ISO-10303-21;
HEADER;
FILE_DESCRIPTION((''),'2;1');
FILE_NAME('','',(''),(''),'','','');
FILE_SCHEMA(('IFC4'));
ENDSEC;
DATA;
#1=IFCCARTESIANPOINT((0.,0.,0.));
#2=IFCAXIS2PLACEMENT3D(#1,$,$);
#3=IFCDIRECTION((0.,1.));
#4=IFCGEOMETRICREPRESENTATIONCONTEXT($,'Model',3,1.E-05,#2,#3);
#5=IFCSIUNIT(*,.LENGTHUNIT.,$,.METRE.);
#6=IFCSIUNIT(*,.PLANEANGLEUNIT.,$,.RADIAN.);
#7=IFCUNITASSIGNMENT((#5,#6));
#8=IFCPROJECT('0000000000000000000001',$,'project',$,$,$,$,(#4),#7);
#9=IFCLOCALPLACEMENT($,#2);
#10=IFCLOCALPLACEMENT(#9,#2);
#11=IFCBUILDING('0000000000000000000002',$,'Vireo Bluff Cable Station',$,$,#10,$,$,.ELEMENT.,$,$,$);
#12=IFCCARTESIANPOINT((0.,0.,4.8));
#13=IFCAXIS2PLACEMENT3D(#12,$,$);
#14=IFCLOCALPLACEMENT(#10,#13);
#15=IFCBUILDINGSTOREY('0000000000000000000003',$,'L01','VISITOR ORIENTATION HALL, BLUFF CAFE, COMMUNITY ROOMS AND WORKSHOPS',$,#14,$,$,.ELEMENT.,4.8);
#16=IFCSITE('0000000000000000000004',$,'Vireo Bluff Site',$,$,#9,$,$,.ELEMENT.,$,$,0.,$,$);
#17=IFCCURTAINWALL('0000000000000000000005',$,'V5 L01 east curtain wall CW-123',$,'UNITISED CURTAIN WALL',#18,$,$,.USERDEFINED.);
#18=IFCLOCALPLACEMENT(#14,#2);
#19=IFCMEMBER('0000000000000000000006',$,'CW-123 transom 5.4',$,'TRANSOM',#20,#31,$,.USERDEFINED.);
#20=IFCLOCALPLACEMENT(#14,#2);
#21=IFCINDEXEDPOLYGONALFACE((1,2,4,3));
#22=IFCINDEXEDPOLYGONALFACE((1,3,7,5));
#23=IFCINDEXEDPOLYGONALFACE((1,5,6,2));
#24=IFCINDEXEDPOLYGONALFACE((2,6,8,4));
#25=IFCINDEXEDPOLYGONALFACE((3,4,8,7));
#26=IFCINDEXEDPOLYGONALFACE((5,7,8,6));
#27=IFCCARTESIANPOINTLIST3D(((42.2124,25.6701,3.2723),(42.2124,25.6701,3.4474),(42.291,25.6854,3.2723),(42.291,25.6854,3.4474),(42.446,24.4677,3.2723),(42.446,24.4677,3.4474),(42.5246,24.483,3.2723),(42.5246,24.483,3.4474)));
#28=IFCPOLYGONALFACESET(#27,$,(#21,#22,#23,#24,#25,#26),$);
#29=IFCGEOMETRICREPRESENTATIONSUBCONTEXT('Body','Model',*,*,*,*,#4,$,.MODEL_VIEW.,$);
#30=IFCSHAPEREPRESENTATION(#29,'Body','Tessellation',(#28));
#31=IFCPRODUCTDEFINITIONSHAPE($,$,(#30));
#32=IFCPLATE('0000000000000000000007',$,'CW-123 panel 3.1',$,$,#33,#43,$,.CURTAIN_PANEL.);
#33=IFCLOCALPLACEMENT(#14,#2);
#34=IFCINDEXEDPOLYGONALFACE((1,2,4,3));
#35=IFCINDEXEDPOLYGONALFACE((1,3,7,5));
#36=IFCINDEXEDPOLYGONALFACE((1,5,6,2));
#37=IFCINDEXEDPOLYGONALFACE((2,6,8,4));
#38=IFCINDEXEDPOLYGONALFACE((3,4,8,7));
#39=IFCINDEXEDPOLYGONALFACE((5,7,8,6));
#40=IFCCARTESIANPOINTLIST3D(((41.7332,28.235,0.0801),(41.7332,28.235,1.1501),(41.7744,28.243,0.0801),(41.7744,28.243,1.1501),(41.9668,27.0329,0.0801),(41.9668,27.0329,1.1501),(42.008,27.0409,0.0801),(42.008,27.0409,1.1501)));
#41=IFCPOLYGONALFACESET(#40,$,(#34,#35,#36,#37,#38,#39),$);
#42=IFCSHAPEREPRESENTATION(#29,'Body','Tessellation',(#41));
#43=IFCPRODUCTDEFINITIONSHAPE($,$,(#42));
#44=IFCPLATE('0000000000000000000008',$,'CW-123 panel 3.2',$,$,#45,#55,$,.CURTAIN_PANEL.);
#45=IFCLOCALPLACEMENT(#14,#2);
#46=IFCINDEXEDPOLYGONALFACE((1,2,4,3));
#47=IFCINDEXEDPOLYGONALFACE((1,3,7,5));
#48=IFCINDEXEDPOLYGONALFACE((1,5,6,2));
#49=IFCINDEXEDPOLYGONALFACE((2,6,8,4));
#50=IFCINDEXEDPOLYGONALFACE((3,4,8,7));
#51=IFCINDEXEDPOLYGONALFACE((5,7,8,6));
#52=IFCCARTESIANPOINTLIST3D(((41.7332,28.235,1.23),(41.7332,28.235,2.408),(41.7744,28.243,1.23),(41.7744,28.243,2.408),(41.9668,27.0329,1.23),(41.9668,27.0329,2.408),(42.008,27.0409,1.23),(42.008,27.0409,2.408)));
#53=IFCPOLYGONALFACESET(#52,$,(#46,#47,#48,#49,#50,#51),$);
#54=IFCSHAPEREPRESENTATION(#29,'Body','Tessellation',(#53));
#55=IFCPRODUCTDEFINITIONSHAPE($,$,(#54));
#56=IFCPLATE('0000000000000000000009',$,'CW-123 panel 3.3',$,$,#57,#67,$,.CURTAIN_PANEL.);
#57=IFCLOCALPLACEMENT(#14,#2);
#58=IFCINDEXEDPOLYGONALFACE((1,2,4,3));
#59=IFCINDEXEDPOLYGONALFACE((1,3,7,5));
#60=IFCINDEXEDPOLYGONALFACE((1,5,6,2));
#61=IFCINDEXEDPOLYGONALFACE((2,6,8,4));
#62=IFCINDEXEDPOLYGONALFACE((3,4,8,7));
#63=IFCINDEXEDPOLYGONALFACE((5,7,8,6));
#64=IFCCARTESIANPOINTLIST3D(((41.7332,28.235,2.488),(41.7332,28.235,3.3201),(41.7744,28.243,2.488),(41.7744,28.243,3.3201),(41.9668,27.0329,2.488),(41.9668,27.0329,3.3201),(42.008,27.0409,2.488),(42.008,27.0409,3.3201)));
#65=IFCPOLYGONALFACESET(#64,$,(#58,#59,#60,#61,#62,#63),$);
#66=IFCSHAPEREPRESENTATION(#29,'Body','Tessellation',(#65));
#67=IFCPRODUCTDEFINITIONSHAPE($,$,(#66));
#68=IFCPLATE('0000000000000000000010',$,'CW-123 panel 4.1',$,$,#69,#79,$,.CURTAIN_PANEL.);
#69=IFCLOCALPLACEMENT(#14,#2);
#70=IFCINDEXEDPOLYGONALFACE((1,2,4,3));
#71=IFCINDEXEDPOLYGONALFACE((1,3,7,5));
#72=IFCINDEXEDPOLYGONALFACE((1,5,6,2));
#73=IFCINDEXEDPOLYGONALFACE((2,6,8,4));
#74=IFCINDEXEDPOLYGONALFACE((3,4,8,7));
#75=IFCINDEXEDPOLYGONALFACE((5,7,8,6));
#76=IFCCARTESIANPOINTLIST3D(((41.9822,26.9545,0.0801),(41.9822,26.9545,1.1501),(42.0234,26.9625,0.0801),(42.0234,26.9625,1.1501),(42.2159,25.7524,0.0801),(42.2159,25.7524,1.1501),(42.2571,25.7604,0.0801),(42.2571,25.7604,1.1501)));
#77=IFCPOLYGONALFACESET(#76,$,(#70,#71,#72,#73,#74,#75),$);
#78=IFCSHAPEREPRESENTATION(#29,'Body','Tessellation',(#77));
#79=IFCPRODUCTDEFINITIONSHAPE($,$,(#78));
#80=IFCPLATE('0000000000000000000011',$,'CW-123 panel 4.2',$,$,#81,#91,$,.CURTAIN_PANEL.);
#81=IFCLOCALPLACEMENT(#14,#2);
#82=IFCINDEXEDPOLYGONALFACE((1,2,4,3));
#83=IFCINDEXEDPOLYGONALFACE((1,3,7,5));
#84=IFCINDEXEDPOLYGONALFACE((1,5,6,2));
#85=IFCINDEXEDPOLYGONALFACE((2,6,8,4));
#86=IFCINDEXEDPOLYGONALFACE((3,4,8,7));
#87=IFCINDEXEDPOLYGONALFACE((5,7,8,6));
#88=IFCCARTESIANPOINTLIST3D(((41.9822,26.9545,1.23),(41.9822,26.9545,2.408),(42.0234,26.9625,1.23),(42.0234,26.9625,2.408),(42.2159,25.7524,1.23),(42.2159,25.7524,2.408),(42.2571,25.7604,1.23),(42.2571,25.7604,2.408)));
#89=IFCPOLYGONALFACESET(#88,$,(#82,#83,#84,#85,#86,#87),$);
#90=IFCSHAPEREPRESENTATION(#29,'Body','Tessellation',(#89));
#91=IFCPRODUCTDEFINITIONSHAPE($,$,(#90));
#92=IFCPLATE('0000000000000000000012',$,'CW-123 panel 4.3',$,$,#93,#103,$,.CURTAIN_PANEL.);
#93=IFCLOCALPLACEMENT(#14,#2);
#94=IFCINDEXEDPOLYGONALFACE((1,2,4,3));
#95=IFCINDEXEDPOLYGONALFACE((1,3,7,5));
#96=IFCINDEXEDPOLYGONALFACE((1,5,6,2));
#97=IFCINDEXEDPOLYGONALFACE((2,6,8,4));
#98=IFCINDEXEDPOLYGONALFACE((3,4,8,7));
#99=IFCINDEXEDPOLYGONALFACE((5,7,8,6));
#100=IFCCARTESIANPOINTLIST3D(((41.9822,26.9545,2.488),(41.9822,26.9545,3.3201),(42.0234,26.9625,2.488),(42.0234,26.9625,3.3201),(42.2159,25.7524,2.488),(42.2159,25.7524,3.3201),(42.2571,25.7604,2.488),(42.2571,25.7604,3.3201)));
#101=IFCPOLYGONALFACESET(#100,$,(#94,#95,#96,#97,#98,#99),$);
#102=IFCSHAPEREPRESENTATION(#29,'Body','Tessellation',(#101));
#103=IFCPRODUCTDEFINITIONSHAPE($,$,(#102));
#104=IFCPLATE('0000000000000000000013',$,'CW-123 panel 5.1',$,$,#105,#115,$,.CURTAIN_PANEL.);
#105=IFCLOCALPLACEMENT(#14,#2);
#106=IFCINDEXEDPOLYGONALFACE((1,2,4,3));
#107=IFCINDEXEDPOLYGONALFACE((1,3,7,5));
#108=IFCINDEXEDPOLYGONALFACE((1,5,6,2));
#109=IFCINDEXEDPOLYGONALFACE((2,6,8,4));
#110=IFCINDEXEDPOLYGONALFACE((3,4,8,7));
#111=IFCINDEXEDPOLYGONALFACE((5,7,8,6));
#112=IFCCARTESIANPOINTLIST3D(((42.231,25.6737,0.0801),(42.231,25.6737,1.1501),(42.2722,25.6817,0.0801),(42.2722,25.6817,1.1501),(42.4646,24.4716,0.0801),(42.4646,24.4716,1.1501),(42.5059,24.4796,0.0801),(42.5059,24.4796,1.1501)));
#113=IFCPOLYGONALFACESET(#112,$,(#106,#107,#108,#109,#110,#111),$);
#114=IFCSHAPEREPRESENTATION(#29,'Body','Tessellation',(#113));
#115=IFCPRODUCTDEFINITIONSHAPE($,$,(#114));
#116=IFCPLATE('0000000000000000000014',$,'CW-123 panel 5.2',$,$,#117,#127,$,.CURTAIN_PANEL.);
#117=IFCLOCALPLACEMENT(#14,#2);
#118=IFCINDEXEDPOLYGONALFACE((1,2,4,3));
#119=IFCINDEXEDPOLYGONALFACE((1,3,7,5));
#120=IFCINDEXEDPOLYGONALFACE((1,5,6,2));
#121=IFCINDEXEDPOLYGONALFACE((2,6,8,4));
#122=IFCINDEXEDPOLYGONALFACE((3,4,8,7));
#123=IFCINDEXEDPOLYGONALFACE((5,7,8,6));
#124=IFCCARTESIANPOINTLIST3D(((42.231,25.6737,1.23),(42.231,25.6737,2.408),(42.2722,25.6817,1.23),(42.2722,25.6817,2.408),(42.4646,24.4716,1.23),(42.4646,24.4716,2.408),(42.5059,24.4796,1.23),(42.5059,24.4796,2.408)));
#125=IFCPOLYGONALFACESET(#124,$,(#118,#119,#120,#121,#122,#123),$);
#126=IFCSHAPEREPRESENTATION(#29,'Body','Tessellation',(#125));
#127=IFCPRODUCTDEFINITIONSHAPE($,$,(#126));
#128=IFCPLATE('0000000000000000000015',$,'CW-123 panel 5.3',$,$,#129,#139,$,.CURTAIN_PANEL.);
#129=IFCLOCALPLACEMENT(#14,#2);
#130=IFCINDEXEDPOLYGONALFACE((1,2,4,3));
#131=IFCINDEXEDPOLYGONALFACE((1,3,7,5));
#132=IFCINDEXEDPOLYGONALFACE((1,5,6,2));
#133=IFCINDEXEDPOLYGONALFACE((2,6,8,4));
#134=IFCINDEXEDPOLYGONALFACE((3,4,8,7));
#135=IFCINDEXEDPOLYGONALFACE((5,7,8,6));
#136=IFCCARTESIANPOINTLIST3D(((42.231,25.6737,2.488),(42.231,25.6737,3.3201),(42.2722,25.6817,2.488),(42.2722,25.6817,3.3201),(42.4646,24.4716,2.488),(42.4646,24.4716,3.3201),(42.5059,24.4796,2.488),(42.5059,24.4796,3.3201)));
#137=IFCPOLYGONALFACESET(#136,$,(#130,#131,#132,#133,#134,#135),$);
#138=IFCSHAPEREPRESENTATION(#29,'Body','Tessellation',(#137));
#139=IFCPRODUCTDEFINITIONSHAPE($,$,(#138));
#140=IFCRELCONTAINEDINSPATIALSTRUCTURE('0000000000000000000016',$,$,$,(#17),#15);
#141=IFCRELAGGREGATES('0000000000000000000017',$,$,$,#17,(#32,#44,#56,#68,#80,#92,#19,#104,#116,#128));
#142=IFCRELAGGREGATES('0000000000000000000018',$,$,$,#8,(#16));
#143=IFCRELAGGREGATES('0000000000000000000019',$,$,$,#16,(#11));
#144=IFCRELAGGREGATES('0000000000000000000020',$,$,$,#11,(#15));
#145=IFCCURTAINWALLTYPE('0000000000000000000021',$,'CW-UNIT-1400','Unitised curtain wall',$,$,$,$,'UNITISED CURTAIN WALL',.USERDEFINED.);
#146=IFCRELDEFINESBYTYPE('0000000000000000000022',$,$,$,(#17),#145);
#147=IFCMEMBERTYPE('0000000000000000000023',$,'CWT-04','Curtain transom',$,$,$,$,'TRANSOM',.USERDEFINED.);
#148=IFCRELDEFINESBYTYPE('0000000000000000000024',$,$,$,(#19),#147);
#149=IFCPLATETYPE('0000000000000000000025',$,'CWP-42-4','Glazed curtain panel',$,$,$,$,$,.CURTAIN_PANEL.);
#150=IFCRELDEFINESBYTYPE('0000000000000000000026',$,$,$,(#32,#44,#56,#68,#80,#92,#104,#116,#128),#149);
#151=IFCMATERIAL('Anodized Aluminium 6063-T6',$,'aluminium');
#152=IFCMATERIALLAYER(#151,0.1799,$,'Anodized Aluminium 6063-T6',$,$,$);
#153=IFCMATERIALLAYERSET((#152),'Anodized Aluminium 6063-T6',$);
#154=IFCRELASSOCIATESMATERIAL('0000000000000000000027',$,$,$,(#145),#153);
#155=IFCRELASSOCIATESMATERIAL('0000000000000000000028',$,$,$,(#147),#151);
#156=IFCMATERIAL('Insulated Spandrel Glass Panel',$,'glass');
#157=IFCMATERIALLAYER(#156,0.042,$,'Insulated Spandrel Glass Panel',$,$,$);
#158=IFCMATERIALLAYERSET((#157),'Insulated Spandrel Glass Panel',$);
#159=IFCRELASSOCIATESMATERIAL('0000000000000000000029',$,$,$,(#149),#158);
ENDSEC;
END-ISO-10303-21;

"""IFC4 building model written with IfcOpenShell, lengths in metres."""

from ifc_helpers import new_model, si_unit, direction, frame, origin, origin_2d, place, context, subcontext, project, spatial, rectangle, extrude, material, layer, layer_set, material_profile, profile_set, type_object, element, aggregate, save


model = new_model("IFC4")

# Units and contexts
model_context = context("Model", 3, precision=1e-05, world=origin(), true_north=direction((0.0, 1.0)))
body_context = subcontext(model_context, "Body", "Model", "MODEL_VIEW")
ifc_project = project(units=[si_unit("LENGTHUNIT", "METRE"), si_unit("PLANEANGLEUNIT", "RADIAN")], contexts=[model_context])

# Site, building, storey
site_placement = place(None, origin())
site = spatial("IfcSite", under=ifc_project, at=site_placement, Name="Vireo Bluff Site", CompositionType="ELEMENT", RefElevation=0.0)
building_placement = place(site_placement, origin())
building = spatial("IfcBuilding", under=site, at=building_placement, Name="Vireo Bluff Cable Station", CompositionType="ELEMENT")
storey_placement = place(building_placement, frame((0.0, 0.0, 4.8)))
storey = spatial("IfcBuildingStorey", under=building, at=storey_placement, Name="L01", Description="VISITOR ORIENTATION HALL, BLUFF CAFE, COMMUNITY ROOMS AND WORKSHOPS", CompositionType="ELEMENT", Elevation=4.8)

# Curtain wall, member, plates
ifc_material_1 = material(Name="Anodized Aluminium 6063-T6", Category="aluminium")
ifc_layer_1 = layer(ifc_material_1, 0.1799, Name="Anodized Aluminium 6063-T6")
ifc_layer_set_1 = layer_set([ifc_layer_1], Name="Anodized Aluminium 6063-T6")
curtain_wall_type = type_object("IfcCurtainWallType", Name="CW-UNIT-1400", Description="Unitised curtain wall", ElementType="UNITISED CURTAIN WALL", PredefinedType="USERDEFINED", material=ifc_layer_set_1)
curtain_wall_placement = place(storey_placement, origin())
curtain_wall = element("IfcCurtainWall", 1, at=curtain_wall_placement, inside=storey, type_object=curtain_wall_type, Name="V5 L01 east curtain wall CW-123", ObjectType="UNITISED CURTAIN WALL", PredefinedType="USERDEFINED")
ifc_material_profile_1 = material_profile(ifc_material_1, rectangle(XDim=0.0801, YDim=0.175, at=origin_2d()), Name="ALU-T-80X175")
ifc_profile_set_1 = profile_set([ifc_material_profile_1], Name="Anodized Aluminium 6063-T6")
member_type_1 = type_object("IfcMemberType", Name="CWT-04", Description="Curtain transom", ElementType="TRANSOM", PredefinedType="USERDEFINED", material=ifc_profile_set_1)
member_1_placement = place(storey_placement, frame((42.2517, 25.6777, 3.3599), z_axis=(0.190747, -0.981639, 0.0), x_axis=(0.981639, 0.190747, 0.0)))
member_1 = element("IfcMember", 2, at=member_1_placement, type_object=member_type_1, Name="CW-123 transom 5.4", ObjectType="TRANSOM", PredefinedType="USERDEFINED", context=body_context, shape_type="SweptSolid", body=[
    extrude(rectangle(XDim=0.0801, YDim=0.175, at=origin_2d()), origin(), (0.0, 0.0, 1.0), 1.2249),
])
ifc_material_2 = material(Name="Insulated Spandrel Glass Panel", Category="glass")
ifc_layer_2 = layer(ifc_material_2, 0.042, Name="Insulated Spandrel Glass Panel")
ifc_layer_set_2 = layer_set([ifc_layer_2], Name="Insulated Spandrel Glass Panel")
plate_type = type_object("IfcPlateType", Name="CWP-42-4", Description="Glazed curtain panel", PredefinedType="CURTAIN_PANEL", material=ifc_layer_set_2)
plate_1_placement = place(storey_placement, frame((41.8706, 27.6379, 0.0801), z_axis=(0.0, 0.0, 1.0), x_axis=(0.190809, -0.981627, 0.0)))
plate_1 = element("IfcPlate", 3, at=plate_1_placement, type_object=plate_type, Name="CW-123 panel 3.1", PredefinedType="CURTAIN_PANEL", context=body_context, shape_type="SweptSolid", body=[
    extrude(rectangle(XDim=1.2246, YDim=0.042, at=origin_2d()), origin(), (0.0, 0.0, 1.0), 1.0701),
])
plate_2_placement = place(storey_placement, frame((41.8706, 27.6379, 1.23), z_axis=(0.0, 0.0, 1.0), x_axis=(0.190809, -0.981627, 0.0)))
plate_2 = element("IfcPlate", 4, at=plate_2_placement, type_object=plate_type, Name="CW-123 panel 3.2", PredefinedType="CURTAIN_PANEL", context=body_context, shape_type="SweptSolid", body=[
    extrude(rectangle(XDim=1.2246, YDim=0.042, at=origin_2d()), origin(), (0.0, 0.0, 1.0), 1.178),
])
plate_3_placement = place(storey_placement, frame((41.8706, 27.6379, 2.488), z_axis=(0.0, 0.0, 1.0), x_axis=(0.190809, -0.981627, 0.0)))
plate_3 = element("IfcPlate", 5, at=plate_3_placement, type_object=plate_type, Name="CW-123 panel 3.3", PredefinedType="CURTAIN_PANEL", context=body_context, shape_type="SweptSolid", body=[
    extrude(rectangle(XDim=1.2246, YDim=0.042, at=origin_2d()), origin(), (0.0, 0.0, 1.0), 0.832),
])
plate_4_placement = place(storey_placement, frame((42.1196, 26.3574, 0.0801), z_axis=(0.0, 0.0, 1.0), x_axis=(0.190809, -0.981627, 0.0)))
plate_4 = element("IfcPlate", 6, at=plate_4_placement, type_object=plate_type, Name="CW-123 panel 4.1", PredefinedType="CURTAIN_PANEL", context=body_context, shape_type="SweptSolid", body=[
    extrude(rectangle(XDim=1.2246, YDim=0.042, at=origin_2d()), origin(), (0.0, 0.0, 1.0), 1.0701),
])
plate_5_placement = place(storey_placement, frame((42.1196, 26.3574, 1.23), z_axis=(0.0, 0.0, 1.0), x_axis=(0.190809, -0.981627, 0.0)))
plate_5 = element("IfcPlate", 7, at=plate_5_placement, type_object=plate_type, Name="CW-123 panel 4.2", PredefinedType="CURTAIN_PANEL", context=body_context, shape_type="SweptSolid", body=[
    extrude(rectangle(XDim=1.2246, YDim=0.042, at=origin_2d()), origin(), (0.0, 0.0, 1.0), 1.178),
])
plate_6_placement = place(storey_placement, frame((42.1196, 26.3574, 2.488), z_axis=(0.0, 0.0, 1.0), x_axis=(0.190809, -0.981627, 0.0)))
plate_6 = element("IfcPlate", 8, at=plate_6_placement, type_object=plate_type, Name="CW-123 panel 4.3", PredefinedType="CURTAIN_PANEL", context=body_context, shape_type="SweptSolid", body=[
    extrude(rectangle(XDim=1.2246, YDim=0.042, at=origin_2d()), origin(), (0.0, 0.0, 1.0), 0.832),
])
plate_7_placement = place(storey_placement, frame((42.3684, 25.0767, 0.0801), z_axis=(0.0, 0.0, 1.0), x_axis=(0.190809, -0.981627, 0.0)))
plate_7 = element("IfcPlate", 9, at=plate_7_placement, type_object=plate_type, Name="CW-123 panel 5.1", PredefinedType="CURTAIN_PANEL", context=body_context, shape_type="SweptSolid", body=[
    extrude(rectangle(XDim=1.2246, YDim=0.042, at=origin_2d()), origin(), (0.0, 0.0, 1.0), 1.0701),
])
plate_8_placement = place(storey_placement, frame((42.3684, 25.0767, 1.23), z_axis=(0.0, 0.0, 1.0), x_axis=(0.190809, -0.981627, 0.0)))
plate_8 = element("IfcPlate", 10, at=plate_8_placement, type_object=plate_type, Name="CW-123 panel 5.2", PredefinedType="CURTAIN_PANEL", context=body_context, shape_type="SweptSolid", body=[
    extrude(rectangle(XDim=1.2246, YDim=0.042, at=origin_2d()), origin(), (0.0, 0.0, 1.0), 1.178),
])
plate_9_placement = place(storey_placement, frame((42.3684, 25.0767, 2.488), z_axis=(0.0, 0.0, 1.0), x_axis=(0.190809, -0.981627, 0.0)))
plate_9 = element("IfcPlate", 11, at=plate_9_placement, type_object=plate_type, Name="CW-123 panel 5.3", PredefinedType="CURTAIN_PANEL", context=body_context, shape_type="SweptSolid", body=[
    extrude(rectangle(XDim=1.2246, YDim=0.042, at=origin_2d()), origin(), (0.0, 0.0, 1.0), 0.832),
])
aggregate(curtain_wall, [plate_1, plate_2, plate_3, plate_4, plate_5, plate_6, member_1, plate_7, plate_8, plate_9])

save(model, "model.ifc")
